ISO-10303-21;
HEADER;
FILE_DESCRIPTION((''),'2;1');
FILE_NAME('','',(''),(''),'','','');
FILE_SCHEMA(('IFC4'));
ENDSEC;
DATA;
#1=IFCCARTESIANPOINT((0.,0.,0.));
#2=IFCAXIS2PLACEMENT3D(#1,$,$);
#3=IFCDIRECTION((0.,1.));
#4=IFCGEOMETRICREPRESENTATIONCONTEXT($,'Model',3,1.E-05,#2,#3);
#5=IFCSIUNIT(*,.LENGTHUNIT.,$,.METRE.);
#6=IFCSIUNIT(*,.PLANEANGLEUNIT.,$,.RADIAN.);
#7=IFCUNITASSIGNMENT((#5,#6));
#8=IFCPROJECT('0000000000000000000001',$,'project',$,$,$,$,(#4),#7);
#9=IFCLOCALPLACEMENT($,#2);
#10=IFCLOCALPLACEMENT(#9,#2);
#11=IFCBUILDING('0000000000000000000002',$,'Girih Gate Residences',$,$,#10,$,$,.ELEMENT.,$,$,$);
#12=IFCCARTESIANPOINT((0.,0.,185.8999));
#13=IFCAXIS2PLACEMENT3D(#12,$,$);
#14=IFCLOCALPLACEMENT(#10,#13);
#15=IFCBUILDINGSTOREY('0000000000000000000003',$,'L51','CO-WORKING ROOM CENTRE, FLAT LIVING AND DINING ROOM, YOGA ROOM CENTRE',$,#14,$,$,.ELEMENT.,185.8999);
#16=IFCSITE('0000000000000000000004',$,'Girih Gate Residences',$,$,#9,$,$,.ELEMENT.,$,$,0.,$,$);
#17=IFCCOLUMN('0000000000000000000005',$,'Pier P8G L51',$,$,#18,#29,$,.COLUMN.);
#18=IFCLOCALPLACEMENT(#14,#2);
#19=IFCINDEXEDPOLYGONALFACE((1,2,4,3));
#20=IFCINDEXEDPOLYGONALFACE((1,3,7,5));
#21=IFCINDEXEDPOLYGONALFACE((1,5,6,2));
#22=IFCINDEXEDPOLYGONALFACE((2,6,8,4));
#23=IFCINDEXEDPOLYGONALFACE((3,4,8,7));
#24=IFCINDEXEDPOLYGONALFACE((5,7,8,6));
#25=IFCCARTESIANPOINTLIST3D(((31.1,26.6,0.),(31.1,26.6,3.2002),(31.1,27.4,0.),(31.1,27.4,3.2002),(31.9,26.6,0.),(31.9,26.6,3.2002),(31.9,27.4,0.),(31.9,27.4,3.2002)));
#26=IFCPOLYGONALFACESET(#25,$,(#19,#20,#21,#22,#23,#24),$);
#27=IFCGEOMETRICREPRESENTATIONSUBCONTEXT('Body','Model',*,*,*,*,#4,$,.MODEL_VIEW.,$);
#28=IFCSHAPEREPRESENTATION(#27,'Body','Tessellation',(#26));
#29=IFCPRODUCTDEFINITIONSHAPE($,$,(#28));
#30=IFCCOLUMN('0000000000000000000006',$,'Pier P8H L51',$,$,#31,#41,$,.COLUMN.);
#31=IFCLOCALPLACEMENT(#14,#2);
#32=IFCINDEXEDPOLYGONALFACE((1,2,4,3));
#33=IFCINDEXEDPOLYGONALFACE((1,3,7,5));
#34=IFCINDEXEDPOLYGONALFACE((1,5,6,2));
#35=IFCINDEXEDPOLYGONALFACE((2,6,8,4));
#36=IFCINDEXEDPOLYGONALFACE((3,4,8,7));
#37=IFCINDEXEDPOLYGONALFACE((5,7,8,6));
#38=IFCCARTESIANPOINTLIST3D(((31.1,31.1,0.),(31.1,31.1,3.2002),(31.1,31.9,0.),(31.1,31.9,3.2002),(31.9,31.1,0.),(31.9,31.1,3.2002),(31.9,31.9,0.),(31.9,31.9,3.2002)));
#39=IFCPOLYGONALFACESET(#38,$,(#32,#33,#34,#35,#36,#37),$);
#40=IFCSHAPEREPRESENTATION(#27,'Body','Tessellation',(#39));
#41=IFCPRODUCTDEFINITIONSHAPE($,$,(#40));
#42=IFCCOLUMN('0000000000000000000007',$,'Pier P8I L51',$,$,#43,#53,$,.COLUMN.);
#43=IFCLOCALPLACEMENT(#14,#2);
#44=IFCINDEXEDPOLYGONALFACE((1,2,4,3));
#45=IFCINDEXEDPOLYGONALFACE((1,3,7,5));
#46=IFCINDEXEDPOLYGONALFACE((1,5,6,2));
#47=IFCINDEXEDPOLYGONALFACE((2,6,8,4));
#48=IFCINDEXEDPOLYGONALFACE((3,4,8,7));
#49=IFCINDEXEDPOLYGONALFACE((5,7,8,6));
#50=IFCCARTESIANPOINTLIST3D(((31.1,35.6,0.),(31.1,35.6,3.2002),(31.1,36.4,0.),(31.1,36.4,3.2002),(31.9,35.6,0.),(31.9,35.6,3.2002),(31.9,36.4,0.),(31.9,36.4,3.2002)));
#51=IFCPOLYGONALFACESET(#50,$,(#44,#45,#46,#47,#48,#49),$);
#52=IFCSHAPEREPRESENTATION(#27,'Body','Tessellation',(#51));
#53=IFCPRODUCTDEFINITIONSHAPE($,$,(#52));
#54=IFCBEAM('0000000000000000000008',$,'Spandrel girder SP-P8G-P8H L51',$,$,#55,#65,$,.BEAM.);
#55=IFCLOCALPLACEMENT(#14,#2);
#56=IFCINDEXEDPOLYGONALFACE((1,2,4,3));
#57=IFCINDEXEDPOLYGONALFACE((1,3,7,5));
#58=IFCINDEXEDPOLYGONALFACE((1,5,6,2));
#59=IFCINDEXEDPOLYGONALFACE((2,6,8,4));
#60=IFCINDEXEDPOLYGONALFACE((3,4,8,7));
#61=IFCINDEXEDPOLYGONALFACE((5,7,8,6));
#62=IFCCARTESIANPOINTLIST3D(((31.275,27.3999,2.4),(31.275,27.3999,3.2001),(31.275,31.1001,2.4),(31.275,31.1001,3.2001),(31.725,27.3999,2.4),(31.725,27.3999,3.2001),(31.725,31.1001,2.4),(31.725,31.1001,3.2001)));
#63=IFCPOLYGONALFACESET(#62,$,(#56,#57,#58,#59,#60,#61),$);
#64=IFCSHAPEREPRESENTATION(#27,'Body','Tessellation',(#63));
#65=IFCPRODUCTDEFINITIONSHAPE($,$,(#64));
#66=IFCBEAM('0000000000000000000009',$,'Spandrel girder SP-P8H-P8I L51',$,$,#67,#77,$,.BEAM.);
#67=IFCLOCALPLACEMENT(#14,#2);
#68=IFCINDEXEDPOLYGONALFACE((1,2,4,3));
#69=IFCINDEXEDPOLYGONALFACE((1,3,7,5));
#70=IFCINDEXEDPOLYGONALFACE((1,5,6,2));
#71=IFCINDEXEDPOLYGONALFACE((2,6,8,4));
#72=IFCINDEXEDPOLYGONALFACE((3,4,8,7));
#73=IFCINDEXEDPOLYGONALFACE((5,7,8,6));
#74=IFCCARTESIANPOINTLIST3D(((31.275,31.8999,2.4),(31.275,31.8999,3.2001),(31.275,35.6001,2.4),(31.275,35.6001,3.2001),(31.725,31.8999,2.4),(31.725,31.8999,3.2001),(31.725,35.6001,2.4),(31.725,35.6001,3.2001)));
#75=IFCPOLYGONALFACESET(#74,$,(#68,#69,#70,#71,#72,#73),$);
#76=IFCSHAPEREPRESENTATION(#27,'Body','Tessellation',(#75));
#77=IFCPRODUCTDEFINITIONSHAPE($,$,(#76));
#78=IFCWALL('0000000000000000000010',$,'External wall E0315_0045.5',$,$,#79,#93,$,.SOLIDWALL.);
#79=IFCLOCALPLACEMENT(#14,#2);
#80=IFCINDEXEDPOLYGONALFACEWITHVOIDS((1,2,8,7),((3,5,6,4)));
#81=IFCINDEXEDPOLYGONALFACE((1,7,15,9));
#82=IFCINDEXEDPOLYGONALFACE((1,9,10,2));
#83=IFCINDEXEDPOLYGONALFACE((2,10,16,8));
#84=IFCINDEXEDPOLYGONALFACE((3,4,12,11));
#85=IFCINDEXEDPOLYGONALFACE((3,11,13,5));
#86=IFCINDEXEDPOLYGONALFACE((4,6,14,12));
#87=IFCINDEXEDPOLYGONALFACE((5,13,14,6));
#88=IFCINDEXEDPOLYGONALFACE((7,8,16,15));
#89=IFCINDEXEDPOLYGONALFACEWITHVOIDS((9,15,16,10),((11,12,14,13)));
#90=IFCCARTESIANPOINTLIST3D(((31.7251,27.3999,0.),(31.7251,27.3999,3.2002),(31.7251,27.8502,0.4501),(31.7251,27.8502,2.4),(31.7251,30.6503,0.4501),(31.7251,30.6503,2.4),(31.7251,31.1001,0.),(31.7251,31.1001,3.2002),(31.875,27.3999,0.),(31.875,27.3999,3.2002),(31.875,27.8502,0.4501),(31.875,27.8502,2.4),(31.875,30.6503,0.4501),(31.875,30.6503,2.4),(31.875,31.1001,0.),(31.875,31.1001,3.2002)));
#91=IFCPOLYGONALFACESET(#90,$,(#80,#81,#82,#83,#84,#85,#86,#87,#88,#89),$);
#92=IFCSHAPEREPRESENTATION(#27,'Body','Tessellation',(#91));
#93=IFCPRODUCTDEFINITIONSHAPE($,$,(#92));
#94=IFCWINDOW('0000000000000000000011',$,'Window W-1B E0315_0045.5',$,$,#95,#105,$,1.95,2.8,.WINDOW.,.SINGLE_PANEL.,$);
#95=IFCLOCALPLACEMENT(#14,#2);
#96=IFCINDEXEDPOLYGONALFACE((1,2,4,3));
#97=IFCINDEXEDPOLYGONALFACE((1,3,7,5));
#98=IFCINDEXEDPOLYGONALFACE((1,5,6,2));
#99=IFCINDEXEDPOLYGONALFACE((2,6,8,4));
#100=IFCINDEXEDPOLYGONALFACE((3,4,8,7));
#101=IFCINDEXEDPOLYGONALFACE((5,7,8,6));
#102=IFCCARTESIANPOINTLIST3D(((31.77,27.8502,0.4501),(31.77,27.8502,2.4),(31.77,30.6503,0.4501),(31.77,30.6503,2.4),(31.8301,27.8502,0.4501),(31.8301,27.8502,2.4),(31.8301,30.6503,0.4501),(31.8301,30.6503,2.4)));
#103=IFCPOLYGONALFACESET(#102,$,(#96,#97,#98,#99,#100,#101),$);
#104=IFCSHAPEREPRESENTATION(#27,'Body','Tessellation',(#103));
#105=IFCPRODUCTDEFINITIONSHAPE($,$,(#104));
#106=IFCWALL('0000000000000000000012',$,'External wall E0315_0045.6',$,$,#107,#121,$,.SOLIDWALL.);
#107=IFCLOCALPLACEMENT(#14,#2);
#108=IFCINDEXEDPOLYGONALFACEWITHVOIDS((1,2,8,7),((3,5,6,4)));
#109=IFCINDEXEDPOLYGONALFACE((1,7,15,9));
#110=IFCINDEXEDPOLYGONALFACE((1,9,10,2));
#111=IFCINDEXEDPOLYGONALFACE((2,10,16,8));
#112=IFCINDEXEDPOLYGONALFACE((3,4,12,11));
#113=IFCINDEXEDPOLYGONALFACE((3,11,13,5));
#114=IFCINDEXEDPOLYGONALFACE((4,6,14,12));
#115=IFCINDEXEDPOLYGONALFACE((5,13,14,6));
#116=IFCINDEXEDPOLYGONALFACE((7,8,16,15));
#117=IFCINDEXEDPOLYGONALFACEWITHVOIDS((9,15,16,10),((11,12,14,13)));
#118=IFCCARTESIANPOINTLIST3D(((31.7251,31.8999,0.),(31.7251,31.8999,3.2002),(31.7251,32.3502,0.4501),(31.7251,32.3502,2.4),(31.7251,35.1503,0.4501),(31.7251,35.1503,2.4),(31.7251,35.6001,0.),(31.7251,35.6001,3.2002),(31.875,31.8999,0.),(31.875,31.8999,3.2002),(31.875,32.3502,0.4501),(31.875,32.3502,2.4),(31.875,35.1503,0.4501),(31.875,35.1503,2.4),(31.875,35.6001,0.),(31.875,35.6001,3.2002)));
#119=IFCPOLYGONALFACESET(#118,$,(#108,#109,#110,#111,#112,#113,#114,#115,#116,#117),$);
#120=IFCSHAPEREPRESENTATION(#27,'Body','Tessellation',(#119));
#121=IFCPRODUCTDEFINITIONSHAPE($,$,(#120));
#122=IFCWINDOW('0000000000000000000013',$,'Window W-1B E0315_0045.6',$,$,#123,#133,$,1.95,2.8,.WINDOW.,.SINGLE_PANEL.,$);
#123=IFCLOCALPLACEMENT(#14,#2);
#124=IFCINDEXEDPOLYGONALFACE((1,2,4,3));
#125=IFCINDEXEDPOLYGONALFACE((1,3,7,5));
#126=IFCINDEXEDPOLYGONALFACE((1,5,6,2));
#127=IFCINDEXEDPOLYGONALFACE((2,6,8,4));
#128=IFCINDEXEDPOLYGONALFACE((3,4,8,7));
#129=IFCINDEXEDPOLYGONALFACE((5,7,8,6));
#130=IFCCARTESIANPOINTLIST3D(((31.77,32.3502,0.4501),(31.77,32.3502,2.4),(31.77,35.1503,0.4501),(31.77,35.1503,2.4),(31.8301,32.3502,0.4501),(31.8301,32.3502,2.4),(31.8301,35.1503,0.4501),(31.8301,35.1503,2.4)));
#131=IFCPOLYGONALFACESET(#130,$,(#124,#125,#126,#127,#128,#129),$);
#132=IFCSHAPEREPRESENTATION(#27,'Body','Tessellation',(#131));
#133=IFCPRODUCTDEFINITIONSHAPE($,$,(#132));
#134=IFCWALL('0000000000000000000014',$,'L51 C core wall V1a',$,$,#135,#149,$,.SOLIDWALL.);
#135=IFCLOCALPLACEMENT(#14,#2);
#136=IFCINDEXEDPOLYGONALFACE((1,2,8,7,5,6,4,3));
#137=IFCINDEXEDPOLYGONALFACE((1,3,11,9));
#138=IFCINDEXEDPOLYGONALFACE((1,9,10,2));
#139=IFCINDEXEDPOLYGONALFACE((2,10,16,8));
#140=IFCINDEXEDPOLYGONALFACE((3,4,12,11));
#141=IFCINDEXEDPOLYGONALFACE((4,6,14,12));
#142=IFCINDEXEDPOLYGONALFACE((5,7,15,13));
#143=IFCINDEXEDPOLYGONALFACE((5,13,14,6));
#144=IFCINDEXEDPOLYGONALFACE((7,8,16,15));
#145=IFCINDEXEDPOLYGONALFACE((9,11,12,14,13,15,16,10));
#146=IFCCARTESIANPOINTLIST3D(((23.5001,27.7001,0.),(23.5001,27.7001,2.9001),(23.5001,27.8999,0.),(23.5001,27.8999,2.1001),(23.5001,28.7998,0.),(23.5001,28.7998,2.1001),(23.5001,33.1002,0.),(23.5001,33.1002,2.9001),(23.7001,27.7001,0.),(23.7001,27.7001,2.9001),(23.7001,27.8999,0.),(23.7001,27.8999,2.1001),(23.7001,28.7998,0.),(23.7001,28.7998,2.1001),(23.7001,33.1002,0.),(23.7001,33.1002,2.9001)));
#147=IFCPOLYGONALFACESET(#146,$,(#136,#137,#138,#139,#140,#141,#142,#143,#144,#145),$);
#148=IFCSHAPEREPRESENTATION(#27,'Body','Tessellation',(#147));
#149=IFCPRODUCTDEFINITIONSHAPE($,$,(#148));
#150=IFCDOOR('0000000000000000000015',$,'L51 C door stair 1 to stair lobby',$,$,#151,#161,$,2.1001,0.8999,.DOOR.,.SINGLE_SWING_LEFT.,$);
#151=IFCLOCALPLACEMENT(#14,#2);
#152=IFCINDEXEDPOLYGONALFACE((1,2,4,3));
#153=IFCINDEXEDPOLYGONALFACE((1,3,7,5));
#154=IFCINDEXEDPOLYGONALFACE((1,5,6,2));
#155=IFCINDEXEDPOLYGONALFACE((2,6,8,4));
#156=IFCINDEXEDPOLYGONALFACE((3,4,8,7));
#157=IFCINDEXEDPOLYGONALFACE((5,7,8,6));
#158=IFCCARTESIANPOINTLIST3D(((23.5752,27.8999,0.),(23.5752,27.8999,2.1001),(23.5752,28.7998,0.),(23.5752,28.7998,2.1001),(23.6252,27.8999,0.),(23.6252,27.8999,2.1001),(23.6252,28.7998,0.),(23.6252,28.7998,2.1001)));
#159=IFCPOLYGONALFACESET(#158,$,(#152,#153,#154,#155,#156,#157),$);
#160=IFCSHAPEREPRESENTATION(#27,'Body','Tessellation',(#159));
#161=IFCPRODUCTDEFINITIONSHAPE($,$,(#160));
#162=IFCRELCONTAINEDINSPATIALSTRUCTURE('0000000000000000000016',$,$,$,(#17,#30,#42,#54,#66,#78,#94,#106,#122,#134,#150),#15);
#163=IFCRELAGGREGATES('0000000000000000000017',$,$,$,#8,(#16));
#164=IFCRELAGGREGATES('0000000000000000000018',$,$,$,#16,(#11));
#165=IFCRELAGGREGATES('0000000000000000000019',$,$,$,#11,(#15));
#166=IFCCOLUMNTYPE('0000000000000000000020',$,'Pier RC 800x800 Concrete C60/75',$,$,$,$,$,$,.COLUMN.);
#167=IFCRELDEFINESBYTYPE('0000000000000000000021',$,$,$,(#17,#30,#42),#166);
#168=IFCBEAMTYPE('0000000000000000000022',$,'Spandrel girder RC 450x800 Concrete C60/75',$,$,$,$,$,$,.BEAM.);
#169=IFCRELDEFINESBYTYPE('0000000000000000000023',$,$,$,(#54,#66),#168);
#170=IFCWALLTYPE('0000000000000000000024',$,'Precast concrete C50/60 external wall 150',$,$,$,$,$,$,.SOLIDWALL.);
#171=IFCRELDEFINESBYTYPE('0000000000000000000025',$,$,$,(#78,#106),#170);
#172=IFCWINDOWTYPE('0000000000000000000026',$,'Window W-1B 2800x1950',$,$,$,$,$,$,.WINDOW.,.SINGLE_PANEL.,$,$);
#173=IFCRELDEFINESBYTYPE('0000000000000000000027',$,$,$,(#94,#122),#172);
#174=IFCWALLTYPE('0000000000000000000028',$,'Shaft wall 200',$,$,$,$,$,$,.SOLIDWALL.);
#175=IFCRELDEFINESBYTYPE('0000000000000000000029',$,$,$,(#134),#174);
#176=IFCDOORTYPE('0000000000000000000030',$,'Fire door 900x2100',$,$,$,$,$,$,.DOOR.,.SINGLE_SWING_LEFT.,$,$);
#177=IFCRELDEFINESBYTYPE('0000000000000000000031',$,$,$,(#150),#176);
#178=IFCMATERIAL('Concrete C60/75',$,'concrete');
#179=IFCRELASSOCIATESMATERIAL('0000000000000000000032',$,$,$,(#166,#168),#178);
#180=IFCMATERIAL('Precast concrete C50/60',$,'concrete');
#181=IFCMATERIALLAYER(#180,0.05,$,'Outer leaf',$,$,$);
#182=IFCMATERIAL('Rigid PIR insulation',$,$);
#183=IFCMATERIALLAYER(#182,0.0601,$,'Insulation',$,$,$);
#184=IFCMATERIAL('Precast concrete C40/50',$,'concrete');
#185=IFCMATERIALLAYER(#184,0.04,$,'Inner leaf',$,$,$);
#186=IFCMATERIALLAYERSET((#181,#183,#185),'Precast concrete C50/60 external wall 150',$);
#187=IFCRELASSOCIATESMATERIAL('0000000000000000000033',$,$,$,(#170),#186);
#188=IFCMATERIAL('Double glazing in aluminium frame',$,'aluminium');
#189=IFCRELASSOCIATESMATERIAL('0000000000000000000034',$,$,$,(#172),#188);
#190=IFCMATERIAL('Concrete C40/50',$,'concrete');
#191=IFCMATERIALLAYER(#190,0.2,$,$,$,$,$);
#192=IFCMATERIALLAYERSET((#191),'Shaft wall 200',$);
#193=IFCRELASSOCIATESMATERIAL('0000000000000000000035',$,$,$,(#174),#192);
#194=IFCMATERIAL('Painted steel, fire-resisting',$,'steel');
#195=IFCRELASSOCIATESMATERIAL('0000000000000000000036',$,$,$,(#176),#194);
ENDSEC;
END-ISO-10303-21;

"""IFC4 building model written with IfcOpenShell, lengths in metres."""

from ifc_helpers import new_model, si_unit, direction, frame, frame_2d, origin, origin_2d, place, context, subcontext, project, spatial, rectangle, extrude, material, layer, layer_set, material_profile, profile_set, type_object, element, fill, save


model = new_model("IFC4")

# Units and contexts
model_context = context("Model", 3, precision=1e-05, world=origin(), true_north=direction((0.0, 1.0)))
body_context = subcontext(model_context, "Body", "Model", "MODEL_VIEW")
ifc_project = project(units=[si_unit("LENGTHUNIT", "METRE"), si_unit("PLANEANGLEUNIT", "RADIAN")], contexts=[model_context])

# Site, building, storey
site_placement = place(None, origin())
site = spatial("IfcSite", under=ifc_project, at=site_placement, Name="Girih Gate Residences", CompositionType="ELEMENT", RefElevation=0.0)
building_placement = place(site_placement, origin())
building = spatial("IfcBuilding", under=site, at=building_placement, Name="Girih Gate Residences", CompositionType="ELEMENT")
storey_placement = place(building_placement, frame((0.0, 0.0, 185.8999)))
storey = spatial("IfcBuildingStorey", under=building, at=storey_placement, Name="L51", Description="CO-WORKING ROOM CENTRE, FLAT LIVING AND DINING ROOM, YOGA ROOM CENTRE", CompositionType="ELEMENT", Elevation=185.8999)

# Columns
ifc_material_1 = material(Name="Concrete C60/75", Category="concrete")
ifc_material_profile_1 = material_profile(ifc_material_1, rectangle(XDim=0.8, YDim=0.8, at=origin_2d()))
ifc_profile_set_1 = profile_set([ifc_material_profile_1], Name="Concrete C60/75")
column_type = type_object("IfcColumnType", Name="Pier RC 800x800 Concrete C60/75", PredefinedType="COLUMN", material=ifc_profile_set_1)
for number, where, z_axis, x_axis, name in (
    (1, (31.5, 27.0, 0.0), (0.0, 0.0, 1.0), (1.0, 0.0, 0.0), "Pier P8G L51"),
    (2, (31.5, 31.5, 0.0), (0.0, 0.0, 1.0), (1.0, 0.0, 0.0), "Pier P8H L51"),
    (3, (31.5, 36.0, 0.0), (0.0, 0.0, 1.0), (1.0, 0.0, 0.0), "Pier P8I L51"),
):
    element("IfcColumn", number, at=place(storey_placement, frame(where, z_axis=z_axis, x_axis=x_axis)), inside=storey, type_object=column_type, Name=name, PredefinedType="COLUMN", context=body_context, shape_type="SweptSolid", body=[
        extrude(rectangle(XDim=0.8, YDim=0.8, at=origin_2d()), origin(), (0.0, 0.0, 1.0), 3.2002),
    ])

# Beams
ifc_material_profile_2 = material_profile(ifc_material_1, rectangle(XDim=0.45, YDim=0.8, at=origin_2d()))
ifc_profile_set_2 = profile_set([ifc_material_profile_2], Name="Concrete C60/75")
beam_type = type_object("IfcBeamType", Name="Spandrel girder RC 450x800 Concrete C60/75", PredefinedType="BEAM", material=ifc_profile_set_2)
for number, where, z_axis, x_axis, name in (
    (4, (31.5, 27.3999, 2.8), (0.0, 1.0, 0.0), (-1.0, 0.0, 0.0), "Spandrel girder SP-P8G-P8H L51"),
    (5, (31.5, 31.8999, 2.8), (0.0, 1.0, 0.0), (-1.0, 0.0, 0.0), "Spandrel girder SP-P8H-P8I L51"),
):
    element("IfcBeam", number, at=place(storey_placement, frame(where, z_axis=z_axis, x_axis=x_axis)), inside=storey, type_object=beam_type, Name=name, PredefinedType="BEAM", context=body_context, shape_type="SweptSolid", body=[
        extrude(rectangle(XDim=0.45, YDim=0.8, at=origin_2d()), origin(), (0.0, 0.0, 1.0), 3.7002),
    ])

# Walls, openings, windows
ifc_material_2 = material(Name="Precast concrete C50/60", Category="concrete")
ifc_layer_1 = layer(ifc_material_2, 0.05, Name="Outer leaf")
ifc_material_3 = material(Name="Rigid PIR insulation")
ifc_layer_2 = layer(ifc_material_3, 0.0601, Name="Insulation")
ifc_material_4 = material(Name="Precast concrete C40/50", Category="concrete")
ifc_layer_3 = layer(ifc_material_4, 0.04, Name="Inner leaf")
ifc_layer_set_1 = layer_set([ifc_layer_1, ifc_layer_2, ifc_layer_3], Name="Precast concrete C50/60 external wall 150")
wall_type_1 = type_object("IfcWallType", Name="Precast concrete C50/60 external wall 150", PredefinedType="SOLIDWALL", material=ifc_layer_set_1)
wall_1_placement = place(storey_placement, frame((31.8, 31.1001, 0.0), z_axis=(0.0, 0.0, 1.0), x_axis=(0.0, -1.0, 0.0)))
wall_1 = element("IfcWall", 6, at=wall_1_placement, inside=storey, type_object=wall_type_1, Name="External wall E0315_0045.5", PredefinedType="SOLIDWALL", context=body_context, shape_type="SweptSolid", body=[
    extrude(rectangle(XDim=3.7002, YDim=0.1499, at=frame_2d((1.8501, 0.0))), origin(), (0.0, 0.0, 1.0), 3.2002),
])
opening_1_placement = place(wall_1_placement, frame((0.45, 0.0, 0.45)))
opening_1 = element("IfcOpeningElement", 7, at=opening_1_placement, cuts=wall_1, PredefinedType="OPENING", context=body_context, shape_type="SweptSolid", body=[
    extrude(rectangle(XDim=2.8, YDim=1.95, at=frame_2d((1.3999, 0.9751))), frame((0.0, 0.085, 0.0), z_axis=(0.0, -1.0, 0.0), x_axis=(1.0, 0.0, 0.0)), (0.0, 0.0, 1.0), 0.1699),
])
ifc_material_5 = material(Name="Double glazing in aluminium frame", Category="aluminium")
window_type = type_object("IfcWindowType", Name="Window W-1B 2800x1950", PartitioningType="SINGLE_PANEL", PredefinedType="WINDOW", material=ifc_material_5)
window_1_placement = place(opening_1_placement, origin())
window_1 = element("IfcWindow", 8, at=window_1_placement, inside=storey, type_object=window_type, Name="Window W-1B E0315_0045.5", OverallHeight=1.95, OverallWidth=2.8, PartitioningType="SINGLE_PANEL", PredefinedType="WINDOW", context=body_context, shape_type="SweptSolid", body=[
    extrude(rectangle(XDim=2.8, YDim=1.95, at=frame_2d((1.3999, 0.9751))), frame((0.0, 0.03, 0.0), z_axis=(0.0, -1.0, 0.0), x_axis=(1.0, 0.0, 0.0)), (0.0, 0.0, 1.0), 0.0601),
])
fill(opening_1, window_1)
wall_2_placement = place(storey_placement, frame((31.8, 35.6001, 0.0), z_axis=(0.0, 0.0, 1.0), x_axis=(0.0, -1.0, 0.0)))
wall_2 = element("IfcWall", 9, at=wall_2_placement, inside=storey, type_object=wall_type_1, Name="External wall E0315_0045.6", PredefinedType="SOLIDWALL", context=body_context, shape_type="SweptSolid", body=[
    extrude(rectangle(XDim=3.7002, YDim=0.1499, at=frame_2d((1.8501, 0.0))), origin(), (0.0, 0.0, 1.0), 3.2002),
])
opening_2_placement = place(wall_2_placement, frame((0.45, 0.0, 0.45)))
opening_2 = element("IfcOpeningElement", 10, at=opening_2_placement, cuts=wall_2, PredefinedType="OPENING", context=body_context, shape_type="SweptSolid", body=[
    extrude(rectangle(XDim=2.8, YDim=1.95, at=frame_2d((1.3999, 0.9751))), frame((0.0, 0.085, 0.0), z_axis=(0.0, -1.0, 0.0), x_axis=(1.0, 0.0, 0.0)), (0.0, 0.0, 1.0), 0.1699),
])
window_2_placement = place(opening_2_placement, origin())
window_2 = element("IfcWindow", 11, at=window_2_placement, inside=storey, type_object=window_type, Name="Window W-1B E0315_0045.6", OverallHeight=1.95, OverallWidth=2.8, PartitioningType="SINGLE_PANEL", PredefinedType="WINDOW", context=body_context, shape_type="SweptSolid", body=[
    extrude(rectangle(XDim=2.8, YDim=1.95, at=frame_2d((1.3999, 0.9751))), frame((0.0, 0.03, 0.0), z_axis=(0.0, -1.0, 0.0), x_axis=(1.0, 0.0, 0.0)), (0.0, 0.0, 1.0), 0.0601),
])
fill(opening_2, window_2)

# Wall, opening, door
ifc_material_6 = material(Name="Concrete C40/50", Category="concrete")
ifc_layer_4 = layer(ifc_material_6, 0.2)
ifc_layer_set_2 = layer_set([ifc_layer_4], Name="Shaft wall 200")
wall_type_2 = type_object("IfcWallType", Name="Shaft wall 200", PredefinedType="SOLIDWALL", material=ifc_layer_set_2)
wall_3_placement = place(storey_placement, frame((23.6001, 27.7, 0.0), z_axis=(0.0, 0.0, 1.0), x_axis=(0.0, 1.0, 0.0)))
wall_3 = element("IfcWall", 12, at=wall_3_placement, inside=storey, type_object=wall_type_2, Name="L51 C core wall V1a", PredefinedType="SOLIDWALL", context=body_context, shape_type="SweptSolid", body=[
    extrude(rectangle(XDim=5.4001, YDim=0.2, at=frame_2d((2.7002, 0.0))), origin(), (0.0, 0.0, 1.0), 2.9001),
])
opening_3_placement = place(wall_3_placement, frame((0.2, 0.0, 0.0)))
opening_3 = element("IfcOpeningElement", 13, at=opening_3_placement, cuts=wall_3, PredefinedType="OPENING", context=body_context, shape_type="SweptSolid", body=[
    extrude(rectangle(XDim=0.8999, YDim=2.1001, at=frame_2d((0.45, 1.05))), frame((0.0, 0.1099, 0.0), z_axis=(0.0, -1.0, 0.0), x_axis=(1.0, 0.0, 0.0)), (0.0, 0.0, 1.0), 0.22),
])
ifc_material_7 = material(Name="Painted steel, fire-resisting", Category="steel")
door_type_1 = type_object("IfcDoorType", Name="Fire door 900x2100", OperationType="SINGLE_SWING_LEFT", PredefinedType="DOOR", material=ifc_material_7)
door_1_placement = place(opening_3_placement, origin())
door_1 = element("IfcDoor", 14, at=door_1_placement, inside=storey, type_object=door_type_1, Name="L51 C door stair 1 to stair lobby", OperationType="SINGLE_SWING_LEFT", OverallHeight=2.1001, OverallWidth=0.8999, PredefinedType="DOOR", context=body_context, shape_type="SweptSolid", body=[
    extrude(rectangle(XDim=0.8999, YDim=2.1001, at=frame_2d((0.45, 1.05))), frame((0.0, 0.0249, 0.0), z_axis=(0.0, -1.0, 0.0), x_axis=(1.0, 0.0, 0.0)), (0.0, 0.0, 1.0), 0.05),
])
fill(opening_3, door_1)

save(model, "model.ifc")
